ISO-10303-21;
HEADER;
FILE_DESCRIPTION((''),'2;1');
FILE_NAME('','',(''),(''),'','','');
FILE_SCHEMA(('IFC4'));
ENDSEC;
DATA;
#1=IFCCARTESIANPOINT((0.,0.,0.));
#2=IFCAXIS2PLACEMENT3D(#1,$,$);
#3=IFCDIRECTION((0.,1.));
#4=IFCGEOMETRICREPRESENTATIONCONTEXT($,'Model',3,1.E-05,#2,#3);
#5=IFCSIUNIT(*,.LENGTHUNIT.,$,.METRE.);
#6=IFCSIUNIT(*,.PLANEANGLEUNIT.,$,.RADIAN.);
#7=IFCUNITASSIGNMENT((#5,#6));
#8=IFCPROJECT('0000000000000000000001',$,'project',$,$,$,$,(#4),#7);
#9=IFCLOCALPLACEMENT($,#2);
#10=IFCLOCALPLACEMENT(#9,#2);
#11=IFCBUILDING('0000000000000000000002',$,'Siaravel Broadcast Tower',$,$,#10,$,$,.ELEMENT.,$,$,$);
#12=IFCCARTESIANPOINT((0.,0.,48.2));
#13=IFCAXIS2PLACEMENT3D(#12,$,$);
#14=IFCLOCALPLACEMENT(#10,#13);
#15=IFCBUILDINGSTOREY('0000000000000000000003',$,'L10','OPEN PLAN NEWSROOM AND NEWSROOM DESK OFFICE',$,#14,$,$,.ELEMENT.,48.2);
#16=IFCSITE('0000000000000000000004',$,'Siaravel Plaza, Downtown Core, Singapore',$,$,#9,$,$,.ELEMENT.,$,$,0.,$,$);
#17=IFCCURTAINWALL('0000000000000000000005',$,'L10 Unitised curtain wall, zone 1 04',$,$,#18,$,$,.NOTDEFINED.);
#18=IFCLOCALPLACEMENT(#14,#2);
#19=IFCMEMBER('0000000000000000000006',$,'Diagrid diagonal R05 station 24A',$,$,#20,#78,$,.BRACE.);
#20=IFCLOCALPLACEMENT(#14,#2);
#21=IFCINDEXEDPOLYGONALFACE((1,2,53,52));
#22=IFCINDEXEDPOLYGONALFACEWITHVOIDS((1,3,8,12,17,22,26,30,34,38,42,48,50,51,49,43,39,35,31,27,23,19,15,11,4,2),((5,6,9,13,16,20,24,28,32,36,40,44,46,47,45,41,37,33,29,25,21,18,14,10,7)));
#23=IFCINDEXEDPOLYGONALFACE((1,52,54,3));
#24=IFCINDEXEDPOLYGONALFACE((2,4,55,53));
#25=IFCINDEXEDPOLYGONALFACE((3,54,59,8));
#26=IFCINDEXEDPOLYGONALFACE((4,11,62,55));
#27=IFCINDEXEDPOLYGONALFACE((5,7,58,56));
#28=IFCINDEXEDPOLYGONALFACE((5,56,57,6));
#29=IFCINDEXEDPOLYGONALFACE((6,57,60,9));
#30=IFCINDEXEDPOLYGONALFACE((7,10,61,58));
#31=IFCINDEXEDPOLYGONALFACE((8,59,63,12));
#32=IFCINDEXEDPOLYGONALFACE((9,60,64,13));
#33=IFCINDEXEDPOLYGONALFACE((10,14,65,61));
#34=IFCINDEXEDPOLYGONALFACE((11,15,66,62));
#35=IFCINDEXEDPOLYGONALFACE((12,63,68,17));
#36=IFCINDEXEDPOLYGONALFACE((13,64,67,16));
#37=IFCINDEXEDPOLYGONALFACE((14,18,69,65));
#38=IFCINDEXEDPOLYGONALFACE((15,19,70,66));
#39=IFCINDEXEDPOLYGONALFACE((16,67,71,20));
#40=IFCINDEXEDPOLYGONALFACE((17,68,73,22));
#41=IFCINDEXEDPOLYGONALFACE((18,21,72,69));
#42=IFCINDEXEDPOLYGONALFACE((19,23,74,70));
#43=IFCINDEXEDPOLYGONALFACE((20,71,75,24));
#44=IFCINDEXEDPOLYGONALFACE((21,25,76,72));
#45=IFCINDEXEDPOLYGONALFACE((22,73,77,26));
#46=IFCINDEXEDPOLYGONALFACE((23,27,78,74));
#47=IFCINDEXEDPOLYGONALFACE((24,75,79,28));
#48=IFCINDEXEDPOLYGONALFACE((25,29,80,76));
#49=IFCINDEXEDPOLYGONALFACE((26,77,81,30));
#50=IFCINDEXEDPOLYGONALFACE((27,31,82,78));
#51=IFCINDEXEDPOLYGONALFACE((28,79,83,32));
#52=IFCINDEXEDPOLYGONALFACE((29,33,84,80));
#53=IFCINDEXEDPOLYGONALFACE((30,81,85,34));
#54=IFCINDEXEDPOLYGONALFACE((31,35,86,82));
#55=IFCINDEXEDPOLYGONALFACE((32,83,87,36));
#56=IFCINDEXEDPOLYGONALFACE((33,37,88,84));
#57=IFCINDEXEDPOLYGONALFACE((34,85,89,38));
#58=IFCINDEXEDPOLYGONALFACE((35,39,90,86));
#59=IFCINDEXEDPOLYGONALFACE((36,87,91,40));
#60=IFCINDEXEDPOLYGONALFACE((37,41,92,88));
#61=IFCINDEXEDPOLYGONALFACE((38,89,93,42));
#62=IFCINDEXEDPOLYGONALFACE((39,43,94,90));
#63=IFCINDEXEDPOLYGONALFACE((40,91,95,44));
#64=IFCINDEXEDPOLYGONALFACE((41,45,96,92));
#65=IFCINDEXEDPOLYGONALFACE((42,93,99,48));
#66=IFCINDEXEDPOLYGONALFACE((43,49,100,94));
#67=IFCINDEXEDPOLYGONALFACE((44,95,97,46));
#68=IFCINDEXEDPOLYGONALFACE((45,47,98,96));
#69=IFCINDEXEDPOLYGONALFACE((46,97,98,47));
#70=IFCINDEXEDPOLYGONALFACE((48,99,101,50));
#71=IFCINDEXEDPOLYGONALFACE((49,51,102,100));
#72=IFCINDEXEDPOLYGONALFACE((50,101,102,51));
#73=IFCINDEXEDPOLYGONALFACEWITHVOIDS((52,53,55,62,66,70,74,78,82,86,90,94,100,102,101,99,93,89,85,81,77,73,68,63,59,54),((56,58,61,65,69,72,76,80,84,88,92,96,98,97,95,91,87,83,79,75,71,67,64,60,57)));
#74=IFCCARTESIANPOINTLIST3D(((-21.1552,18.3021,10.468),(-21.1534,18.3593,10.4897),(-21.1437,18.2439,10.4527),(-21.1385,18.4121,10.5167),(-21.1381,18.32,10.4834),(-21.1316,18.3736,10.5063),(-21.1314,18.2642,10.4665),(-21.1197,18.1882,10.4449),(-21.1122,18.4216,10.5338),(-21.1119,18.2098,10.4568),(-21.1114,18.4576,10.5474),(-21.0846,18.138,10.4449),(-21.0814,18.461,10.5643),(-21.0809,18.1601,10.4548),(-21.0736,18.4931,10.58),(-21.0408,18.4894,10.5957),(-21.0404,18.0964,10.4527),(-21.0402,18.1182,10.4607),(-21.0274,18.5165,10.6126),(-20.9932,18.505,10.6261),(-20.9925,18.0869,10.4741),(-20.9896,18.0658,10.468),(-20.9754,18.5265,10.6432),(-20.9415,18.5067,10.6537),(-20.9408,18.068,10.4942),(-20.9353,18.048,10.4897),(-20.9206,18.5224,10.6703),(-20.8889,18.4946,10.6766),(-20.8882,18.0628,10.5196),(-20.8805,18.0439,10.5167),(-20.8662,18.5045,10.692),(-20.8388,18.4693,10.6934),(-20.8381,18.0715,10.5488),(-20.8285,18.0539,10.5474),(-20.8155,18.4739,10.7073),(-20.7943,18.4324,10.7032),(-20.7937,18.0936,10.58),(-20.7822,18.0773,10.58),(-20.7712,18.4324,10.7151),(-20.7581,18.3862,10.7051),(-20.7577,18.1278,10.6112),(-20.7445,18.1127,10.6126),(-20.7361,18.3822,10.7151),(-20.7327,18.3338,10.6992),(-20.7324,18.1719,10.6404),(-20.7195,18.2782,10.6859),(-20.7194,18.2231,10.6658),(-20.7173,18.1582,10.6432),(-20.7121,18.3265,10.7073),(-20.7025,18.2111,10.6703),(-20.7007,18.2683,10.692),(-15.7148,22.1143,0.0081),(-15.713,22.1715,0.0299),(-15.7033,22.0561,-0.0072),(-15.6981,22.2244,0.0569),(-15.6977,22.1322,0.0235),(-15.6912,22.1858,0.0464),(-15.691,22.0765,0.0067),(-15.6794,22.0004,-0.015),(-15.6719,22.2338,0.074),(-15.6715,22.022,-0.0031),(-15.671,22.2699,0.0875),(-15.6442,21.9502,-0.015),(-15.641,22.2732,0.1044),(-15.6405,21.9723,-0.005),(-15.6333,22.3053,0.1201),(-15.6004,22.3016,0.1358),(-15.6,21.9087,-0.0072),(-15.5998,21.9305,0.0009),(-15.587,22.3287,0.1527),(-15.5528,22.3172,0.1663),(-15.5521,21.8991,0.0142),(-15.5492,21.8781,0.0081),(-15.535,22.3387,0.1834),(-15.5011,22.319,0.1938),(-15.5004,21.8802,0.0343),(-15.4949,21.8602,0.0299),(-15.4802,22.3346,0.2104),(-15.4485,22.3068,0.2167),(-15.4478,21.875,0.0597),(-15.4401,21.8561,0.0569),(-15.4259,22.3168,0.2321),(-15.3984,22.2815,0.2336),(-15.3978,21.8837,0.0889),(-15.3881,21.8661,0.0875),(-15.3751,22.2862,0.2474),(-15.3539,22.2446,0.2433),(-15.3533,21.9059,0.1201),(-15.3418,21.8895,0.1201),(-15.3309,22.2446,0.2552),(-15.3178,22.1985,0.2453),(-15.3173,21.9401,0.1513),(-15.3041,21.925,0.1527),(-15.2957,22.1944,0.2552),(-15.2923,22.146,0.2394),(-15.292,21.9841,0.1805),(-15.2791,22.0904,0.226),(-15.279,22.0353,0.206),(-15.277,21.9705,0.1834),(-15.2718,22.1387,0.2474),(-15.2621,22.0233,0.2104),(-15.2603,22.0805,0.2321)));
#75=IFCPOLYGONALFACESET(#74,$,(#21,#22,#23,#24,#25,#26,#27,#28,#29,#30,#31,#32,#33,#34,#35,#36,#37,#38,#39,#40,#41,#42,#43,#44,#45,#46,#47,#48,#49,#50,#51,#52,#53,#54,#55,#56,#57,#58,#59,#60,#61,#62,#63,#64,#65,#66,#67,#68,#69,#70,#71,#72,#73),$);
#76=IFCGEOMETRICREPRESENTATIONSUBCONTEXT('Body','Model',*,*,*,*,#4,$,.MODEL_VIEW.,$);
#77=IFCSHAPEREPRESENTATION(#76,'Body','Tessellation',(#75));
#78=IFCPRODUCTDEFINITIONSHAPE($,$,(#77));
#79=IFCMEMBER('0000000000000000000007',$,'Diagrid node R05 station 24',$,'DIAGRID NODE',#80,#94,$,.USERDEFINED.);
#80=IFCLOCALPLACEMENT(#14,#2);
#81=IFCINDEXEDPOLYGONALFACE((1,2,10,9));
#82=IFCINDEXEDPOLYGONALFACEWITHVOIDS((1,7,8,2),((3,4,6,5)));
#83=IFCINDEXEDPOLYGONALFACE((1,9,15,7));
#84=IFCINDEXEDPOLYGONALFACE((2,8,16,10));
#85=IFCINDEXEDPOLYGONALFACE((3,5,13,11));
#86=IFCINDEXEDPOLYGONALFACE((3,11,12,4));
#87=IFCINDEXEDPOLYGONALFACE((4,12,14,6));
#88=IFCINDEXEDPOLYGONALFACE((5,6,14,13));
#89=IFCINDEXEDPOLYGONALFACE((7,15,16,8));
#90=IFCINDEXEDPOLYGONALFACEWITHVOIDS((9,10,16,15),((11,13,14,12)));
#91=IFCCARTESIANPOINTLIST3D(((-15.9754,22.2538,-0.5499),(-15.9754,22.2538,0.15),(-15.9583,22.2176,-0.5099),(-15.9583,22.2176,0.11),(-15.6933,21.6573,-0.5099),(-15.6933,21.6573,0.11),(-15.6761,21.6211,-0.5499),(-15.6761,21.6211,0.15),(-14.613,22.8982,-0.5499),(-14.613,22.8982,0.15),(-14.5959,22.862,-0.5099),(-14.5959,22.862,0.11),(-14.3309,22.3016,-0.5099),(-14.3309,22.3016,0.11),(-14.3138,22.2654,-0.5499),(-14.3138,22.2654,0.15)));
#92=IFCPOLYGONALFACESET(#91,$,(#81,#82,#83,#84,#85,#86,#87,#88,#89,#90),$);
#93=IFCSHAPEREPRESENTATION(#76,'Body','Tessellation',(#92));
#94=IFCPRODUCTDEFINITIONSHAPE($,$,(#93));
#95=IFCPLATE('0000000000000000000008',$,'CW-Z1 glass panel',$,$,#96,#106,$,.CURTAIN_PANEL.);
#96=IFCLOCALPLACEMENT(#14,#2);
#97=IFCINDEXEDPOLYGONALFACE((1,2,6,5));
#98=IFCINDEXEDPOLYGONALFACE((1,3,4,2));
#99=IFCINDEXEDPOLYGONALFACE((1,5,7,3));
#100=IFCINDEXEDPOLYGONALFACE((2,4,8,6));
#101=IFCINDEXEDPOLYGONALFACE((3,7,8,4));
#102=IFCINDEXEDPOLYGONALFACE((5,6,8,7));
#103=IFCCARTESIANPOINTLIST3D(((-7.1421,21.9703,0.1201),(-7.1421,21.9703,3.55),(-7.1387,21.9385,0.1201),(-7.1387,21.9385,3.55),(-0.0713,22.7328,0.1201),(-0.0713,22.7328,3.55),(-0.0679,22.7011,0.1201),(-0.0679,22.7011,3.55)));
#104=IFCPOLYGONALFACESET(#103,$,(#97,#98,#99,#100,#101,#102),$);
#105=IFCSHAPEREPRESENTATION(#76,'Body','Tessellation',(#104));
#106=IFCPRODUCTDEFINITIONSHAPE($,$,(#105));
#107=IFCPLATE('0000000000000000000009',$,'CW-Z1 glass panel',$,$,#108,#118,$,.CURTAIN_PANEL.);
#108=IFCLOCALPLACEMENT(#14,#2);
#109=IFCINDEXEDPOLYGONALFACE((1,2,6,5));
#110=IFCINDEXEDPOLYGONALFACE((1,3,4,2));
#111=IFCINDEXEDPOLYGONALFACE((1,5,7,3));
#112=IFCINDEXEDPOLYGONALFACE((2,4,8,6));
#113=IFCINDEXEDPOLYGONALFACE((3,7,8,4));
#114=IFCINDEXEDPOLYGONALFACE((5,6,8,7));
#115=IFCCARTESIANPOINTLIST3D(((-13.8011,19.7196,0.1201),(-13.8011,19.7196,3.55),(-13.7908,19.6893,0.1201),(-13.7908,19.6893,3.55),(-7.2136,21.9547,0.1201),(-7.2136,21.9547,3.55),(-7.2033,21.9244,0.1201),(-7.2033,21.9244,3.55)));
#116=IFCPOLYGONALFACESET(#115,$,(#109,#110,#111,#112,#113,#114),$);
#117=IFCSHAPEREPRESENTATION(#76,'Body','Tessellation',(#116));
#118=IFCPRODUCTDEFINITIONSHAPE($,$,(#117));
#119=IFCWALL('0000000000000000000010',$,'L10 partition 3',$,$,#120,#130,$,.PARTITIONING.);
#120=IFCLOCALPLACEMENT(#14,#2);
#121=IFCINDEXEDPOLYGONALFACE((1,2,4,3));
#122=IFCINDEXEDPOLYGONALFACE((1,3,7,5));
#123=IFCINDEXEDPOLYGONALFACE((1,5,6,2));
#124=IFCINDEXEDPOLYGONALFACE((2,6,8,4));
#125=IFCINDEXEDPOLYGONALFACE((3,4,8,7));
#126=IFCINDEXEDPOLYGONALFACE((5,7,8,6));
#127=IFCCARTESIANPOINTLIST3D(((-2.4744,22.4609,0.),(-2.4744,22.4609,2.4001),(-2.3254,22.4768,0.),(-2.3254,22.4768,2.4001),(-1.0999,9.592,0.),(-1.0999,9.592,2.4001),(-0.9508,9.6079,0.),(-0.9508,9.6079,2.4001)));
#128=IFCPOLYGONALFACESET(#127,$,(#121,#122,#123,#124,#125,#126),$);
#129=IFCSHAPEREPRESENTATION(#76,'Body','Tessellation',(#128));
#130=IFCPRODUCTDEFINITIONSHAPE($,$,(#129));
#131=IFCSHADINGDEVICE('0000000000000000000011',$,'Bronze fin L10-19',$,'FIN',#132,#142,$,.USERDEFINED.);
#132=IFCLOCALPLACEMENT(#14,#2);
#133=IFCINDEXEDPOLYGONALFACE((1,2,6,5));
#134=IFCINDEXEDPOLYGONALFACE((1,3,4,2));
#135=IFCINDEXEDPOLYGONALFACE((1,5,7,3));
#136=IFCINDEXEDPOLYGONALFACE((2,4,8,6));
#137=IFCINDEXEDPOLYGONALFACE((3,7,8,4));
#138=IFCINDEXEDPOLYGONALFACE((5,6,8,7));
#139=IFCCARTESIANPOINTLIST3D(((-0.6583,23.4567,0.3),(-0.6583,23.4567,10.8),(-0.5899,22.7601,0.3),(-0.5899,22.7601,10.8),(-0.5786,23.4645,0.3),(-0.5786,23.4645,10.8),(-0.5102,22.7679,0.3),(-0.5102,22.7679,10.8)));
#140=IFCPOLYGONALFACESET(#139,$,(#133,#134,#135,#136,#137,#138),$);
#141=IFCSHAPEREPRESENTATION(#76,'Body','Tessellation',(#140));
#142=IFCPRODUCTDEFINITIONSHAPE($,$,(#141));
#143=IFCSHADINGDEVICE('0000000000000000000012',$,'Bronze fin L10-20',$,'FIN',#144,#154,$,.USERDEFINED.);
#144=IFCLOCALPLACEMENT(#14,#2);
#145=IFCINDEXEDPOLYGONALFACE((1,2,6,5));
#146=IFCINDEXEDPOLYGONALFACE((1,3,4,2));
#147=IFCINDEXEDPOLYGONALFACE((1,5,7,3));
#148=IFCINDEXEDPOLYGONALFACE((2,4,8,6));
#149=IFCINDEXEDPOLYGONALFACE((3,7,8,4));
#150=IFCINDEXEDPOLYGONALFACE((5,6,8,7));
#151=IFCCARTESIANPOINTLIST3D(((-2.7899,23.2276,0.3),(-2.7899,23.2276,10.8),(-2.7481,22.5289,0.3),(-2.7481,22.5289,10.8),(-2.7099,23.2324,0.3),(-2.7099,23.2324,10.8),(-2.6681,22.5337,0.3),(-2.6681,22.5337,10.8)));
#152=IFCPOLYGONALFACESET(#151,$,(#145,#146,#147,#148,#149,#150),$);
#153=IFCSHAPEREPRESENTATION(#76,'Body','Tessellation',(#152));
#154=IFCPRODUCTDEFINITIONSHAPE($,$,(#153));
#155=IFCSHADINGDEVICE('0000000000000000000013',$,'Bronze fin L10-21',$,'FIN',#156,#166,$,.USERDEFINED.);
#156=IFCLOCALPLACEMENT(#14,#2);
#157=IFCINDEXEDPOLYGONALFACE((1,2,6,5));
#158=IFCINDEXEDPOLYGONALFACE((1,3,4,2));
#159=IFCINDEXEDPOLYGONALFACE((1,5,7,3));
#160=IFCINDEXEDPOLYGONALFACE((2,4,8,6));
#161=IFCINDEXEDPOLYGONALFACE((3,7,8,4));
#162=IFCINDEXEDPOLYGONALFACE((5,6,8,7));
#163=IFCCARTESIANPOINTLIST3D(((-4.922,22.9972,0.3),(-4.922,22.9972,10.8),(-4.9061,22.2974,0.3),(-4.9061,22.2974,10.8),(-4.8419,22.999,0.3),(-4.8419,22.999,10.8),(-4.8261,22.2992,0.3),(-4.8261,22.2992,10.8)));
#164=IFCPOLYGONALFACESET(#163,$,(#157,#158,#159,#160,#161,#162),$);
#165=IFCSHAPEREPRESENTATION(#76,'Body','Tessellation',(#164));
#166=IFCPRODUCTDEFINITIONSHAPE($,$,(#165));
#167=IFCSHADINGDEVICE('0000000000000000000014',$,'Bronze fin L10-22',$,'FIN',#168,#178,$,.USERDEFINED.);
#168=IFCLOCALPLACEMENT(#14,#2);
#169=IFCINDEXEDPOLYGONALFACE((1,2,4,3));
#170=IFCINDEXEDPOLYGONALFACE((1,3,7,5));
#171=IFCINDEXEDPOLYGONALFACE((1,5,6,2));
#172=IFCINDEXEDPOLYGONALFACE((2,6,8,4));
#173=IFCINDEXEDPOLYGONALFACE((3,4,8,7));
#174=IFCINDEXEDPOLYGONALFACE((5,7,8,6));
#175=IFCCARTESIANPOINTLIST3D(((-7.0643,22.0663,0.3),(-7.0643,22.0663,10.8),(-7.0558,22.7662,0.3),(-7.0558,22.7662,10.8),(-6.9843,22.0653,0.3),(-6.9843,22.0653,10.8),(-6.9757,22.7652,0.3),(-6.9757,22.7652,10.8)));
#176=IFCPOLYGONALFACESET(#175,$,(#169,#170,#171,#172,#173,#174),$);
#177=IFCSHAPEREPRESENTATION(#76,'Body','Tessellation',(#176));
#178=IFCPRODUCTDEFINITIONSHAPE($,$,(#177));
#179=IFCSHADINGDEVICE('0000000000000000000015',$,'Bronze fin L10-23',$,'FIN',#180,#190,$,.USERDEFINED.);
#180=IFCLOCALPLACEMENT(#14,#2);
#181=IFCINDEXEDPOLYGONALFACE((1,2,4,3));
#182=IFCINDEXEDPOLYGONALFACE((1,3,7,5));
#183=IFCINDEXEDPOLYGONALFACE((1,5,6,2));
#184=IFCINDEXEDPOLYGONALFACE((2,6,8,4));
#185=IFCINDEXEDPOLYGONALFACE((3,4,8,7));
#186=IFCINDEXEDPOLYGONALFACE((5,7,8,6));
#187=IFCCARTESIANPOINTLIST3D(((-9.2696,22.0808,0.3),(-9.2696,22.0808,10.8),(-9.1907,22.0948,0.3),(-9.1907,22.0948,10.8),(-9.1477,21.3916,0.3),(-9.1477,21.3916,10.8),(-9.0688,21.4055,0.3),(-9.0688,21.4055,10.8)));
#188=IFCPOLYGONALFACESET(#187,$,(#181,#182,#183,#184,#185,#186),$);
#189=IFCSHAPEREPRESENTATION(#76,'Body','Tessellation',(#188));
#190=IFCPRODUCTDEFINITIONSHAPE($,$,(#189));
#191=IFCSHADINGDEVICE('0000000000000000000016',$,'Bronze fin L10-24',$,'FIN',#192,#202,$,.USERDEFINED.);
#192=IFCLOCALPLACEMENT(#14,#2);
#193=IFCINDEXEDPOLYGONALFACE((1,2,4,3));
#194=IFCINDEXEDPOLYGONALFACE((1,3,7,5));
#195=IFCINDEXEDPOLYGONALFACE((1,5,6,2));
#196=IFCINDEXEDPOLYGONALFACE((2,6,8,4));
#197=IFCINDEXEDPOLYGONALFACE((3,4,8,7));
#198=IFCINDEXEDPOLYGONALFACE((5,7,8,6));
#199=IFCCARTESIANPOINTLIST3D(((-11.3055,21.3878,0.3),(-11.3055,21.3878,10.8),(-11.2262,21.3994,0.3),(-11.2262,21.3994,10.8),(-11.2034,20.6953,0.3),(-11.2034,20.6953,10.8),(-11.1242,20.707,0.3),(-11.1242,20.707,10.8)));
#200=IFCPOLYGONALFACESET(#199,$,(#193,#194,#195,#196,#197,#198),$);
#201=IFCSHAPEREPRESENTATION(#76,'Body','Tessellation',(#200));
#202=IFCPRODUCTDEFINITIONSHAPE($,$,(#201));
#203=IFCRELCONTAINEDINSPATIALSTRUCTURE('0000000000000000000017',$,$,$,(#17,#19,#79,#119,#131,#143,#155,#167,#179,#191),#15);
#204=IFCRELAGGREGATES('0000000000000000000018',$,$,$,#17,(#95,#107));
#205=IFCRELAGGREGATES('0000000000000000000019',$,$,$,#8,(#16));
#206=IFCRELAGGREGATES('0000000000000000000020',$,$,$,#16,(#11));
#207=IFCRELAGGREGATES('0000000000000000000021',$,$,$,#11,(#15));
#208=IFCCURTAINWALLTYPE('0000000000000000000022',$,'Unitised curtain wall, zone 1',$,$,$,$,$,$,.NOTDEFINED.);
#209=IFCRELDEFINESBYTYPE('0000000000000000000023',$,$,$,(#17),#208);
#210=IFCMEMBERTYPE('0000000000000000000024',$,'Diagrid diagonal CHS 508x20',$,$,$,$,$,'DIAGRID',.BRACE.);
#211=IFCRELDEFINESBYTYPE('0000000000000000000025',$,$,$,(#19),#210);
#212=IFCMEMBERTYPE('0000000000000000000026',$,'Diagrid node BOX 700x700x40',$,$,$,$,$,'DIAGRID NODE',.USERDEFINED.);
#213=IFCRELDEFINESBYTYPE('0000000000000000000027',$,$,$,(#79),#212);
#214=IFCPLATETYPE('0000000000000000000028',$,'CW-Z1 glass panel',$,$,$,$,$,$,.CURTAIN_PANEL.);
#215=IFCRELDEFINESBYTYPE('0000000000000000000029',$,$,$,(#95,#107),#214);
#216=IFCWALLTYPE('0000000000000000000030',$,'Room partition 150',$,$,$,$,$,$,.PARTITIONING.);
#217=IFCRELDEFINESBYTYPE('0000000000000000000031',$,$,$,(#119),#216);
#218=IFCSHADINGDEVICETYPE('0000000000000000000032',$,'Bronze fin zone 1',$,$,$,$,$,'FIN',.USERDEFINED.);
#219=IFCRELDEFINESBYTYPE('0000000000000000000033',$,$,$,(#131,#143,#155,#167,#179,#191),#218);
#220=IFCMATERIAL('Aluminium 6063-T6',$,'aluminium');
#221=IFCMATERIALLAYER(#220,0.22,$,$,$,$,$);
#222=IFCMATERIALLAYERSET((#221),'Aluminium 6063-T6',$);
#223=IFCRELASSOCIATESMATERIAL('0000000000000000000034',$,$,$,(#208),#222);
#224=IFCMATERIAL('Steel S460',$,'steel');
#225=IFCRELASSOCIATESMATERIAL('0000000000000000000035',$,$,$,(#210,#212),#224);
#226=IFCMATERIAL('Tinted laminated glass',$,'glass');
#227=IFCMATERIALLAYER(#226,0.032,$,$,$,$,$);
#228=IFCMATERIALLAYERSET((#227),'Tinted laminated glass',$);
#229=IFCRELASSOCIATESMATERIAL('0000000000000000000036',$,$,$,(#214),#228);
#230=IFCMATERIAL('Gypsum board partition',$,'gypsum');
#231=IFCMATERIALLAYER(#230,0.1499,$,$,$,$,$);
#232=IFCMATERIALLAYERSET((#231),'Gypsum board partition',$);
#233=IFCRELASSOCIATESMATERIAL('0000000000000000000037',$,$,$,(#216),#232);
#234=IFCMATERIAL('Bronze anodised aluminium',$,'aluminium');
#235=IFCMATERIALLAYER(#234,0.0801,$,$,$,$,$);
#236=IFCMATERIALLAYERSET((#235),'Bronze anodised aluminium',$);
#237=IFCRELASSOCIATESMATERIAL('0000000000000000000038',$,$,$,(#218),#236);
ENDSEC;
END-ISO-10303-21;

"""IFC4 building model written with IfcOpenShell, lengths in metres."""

from ifc_helpers import new_model, si_unit, direction, frame, frame_2d, origin, origin_2d, place, context, subcontext, project, spatial, rectangle, hollow_rectangle, hollow_circle, extrude, material, layer, layer_set, material_profile, profile_set, type_object, element, aggregate, save


model = new_model("IFC4")

# Units and contexts
model_context = context("Model", 3, precision=1e-05, world=origin(), true_north=direction((0.0, 1.0)))
body_context = subcontext(model_context, "Body", "Model", "MODEL_VIEW")
ifc_project = project(units=[si_unit("LENGTHUNIT", "METRE"), si_unit("PLANEANGLEUNIT", "RADIAN")], contexts=[model_context])

# Site, building, storey
site_placement = place(None, origin())
site = spatial("IfcSite", under=ifc_project, at=site_placement, Name="Siaravel Plaza, Downtown Core, Singapore", CompositionType="ELEMENT", RefElevation=0.0)
building_placement = place(site_placement, origin())
building = spatial("IfcBuilding", under=site, at=building_placement, Name="Siaravel Broadcast Tower", CompositionType="ELEMENT")
storey_placement = place(building_placement, frame((0.0, 0.0, 48.2)))
storey = spatial("IfcBuildingStorey", under=building, at=storey_placement, Name="L10", Description="OPEN PLAN NEWSROOM AND NEWSROOM DESK OFFICE", CompositionType="ELEMENT", Elevation=48.2)

# Curtain wall
ifc_material_1 = material(Name="Aluminium 6063-T6", Category="aluminium")
ifc_layer_1 = layer(ifc_material_1, 0.22)
ifc_layer_set_1 = layer_set([ifc_layer_1], Name="Aluminium 6063-T6")
curtain_wall_type = type_object("IfcCurtainWallType", Name="Unitised curtain wall, zone 1", PredefinedType="NOTDEFINED", material=ifc_layer_set_1)
curtain_wall_placement = place(storey_placement, origin())
curtain_wall = element("IfcCurtainWall", 1, at=curtain_wall_placement, inside=storey, type_object=curtain_wall_type, Name="L10 Unitised curtain wall, zone 1 04", PredefinedType="NOTDEFINED")

# Members
ifc_material_2 = material(Name="Steel S460", Category="steel")
ifc_material_profile_1 = material_profile(ifc_material_2, hollow_circle(Radius=0.2539, WallThickness=0.02, at=origin_2d()))
ifc_profile_set_1 = profile_set([ifc_material_profile_1], Name="Steel S460")
member_type_1 = type_object("IfcMemberType", Name="Diagrid diagonal CHS 508x20", ElementType="DIAGRID", PredefinedType="BRACE", material=ifc_profile_set_1)
member_1_placement = place(storey_placement, frame((-15.4875, 22.0974, 0.1201), z_axis=(-0.439055, -0.307658, 0.844143), x_axis=(0.573862, -0.818952, 0.0)))
element("IfcMember", 2, at=member_1_placement, inside=storey, type_object=member_type_1, Name="Diagrid diagonal R05 station 24A", PredefinedType="BRACE", context=body_context, shape_type="SweptSolid", body=[
    extrude(hollow_circle(Radius=0.2539, WallThickness=0.02, at=origin_2d()), origin(), (0.0, 0.0, 1.0), 12.3911),
])
ifc_material_profile_2 = material_profile(ifc_material_2, hollow_rectangle(XDim=0.7, YDim=0.7, WallThickness=0.04, at=origin_2d()))
ifc_profile_set_2 = profile_set([ifc_material_profile_2], Name="Steel S460")
member_type_2 = type_object("IfcMemberType", Name="Diagrid node BOX 700x700x40", ElementType="DIAGRID NODE", PredefinedType="USERDEFINED", material=ifc_profile_set_2)
member_2_placement = place(storey_placement, frame((-14.4634, 22.5818, -0.2), z_axis=(-0.903998, -0.427536, 0.0), x_axis=(0.427536, -0.903998, 0.0)))
element("IfcMember", 3, at=member_2_placement, inside=storey, type_object=member_type_2, Name="Diagrid node R05 station 24", ObjectType="DIAGRID NODE", PredefinedType="USERDEFINED", context=body_context, shape_type="SweptSolid", body=[
    extrude(hollow_rectangle(XDim=0.7, YDim=0.7, WallThickness=0.04, at=origin_2d()), origin(), (0.0, 0.0, 1.0), 1.5071),
])

# Plates
ifc_material_3 = material(Name="Tinted laminated glass", Category="glass")
ifc_layer_2 = layer(ifc_material_3, 0.032)
ifc_layer_set_2 = layer_set([ifc_layer_2], Name="Tinted laminated glass")
plate_type = type_object("IfcPlateType", Name="CW-Z1 glass panel", PredefinedType="CURTAIN_PANEL", material=ifc_layer_set_2)
plate_1_placement = place(storey_placement, frame((-3.605, 22.3357, 0.1201), z_axis=(0.0, 0.0, 1.0), x_axis=(-0.994236, -0.107218, 0.0)))
plate_1 = element("IfcPlate", 4, at=plate_1_placement, type_object=plate_type, Name="CW-Z1 glass panel", PredefinedType="CURTAIN_PANEL", context=body_context, shape_type="SweptSolid", body=[
    extrude(rectangle(XDim=7.1118, YDim=0.032, at=origin_2d()), origin(), (0.0, 0.0, 1.0), 3.4299),
])
plate_2_placement = place(storey_placement, frame((-10.5022, 20.822, 0.1201), z_axis=(0.0, 0.0, 1.0), x_axis=(-0.946977, -0.321301, 0.0)))
plate_2 = element("IfcPlate", 5, at=plate_2_placement, type_object=plate_type, Name="CW-Z1 glass panel", PredefinedType="CURTAIN_PANEL", context=body_context, shape_type="SweptSolid", body=[
    extrude(rectangle(XDim=6.9563, YDim=0.032, at=origin_2d()), origin(), (0.0, 0.0, 1.0), 3.4299),
])
aggregate(curtain_wall, [plate_1, plate_2])

# Wall
ifc_material_4 = material(Name="Gypsum board partition", Category="gypsum")
ifc_layer_3 = layer(ifc_material_4, 0.1499)
ifc_layer_set_3 = layer_set([ifc_layer_3], Name="Gypsum board partition")
wall_type = type_object("IfcWallType", Name="Room partition 150", PredefinedType="PARTITIONING", material=ifc_layer_set_3)
wall_placement = place(storey_placement, frame((-2.3999, 22.469, 0.0), z_axis=(0.0, 0.0, 1.0), x_axis=(0.106205, -0.994344, 0.0)))
element("IfcWall", 6, at=wall_placement, inside=storey, type_object=wall_type, Name="L10 partition 3", PredefinedType="PARTITIONING", context=body_context, shape_type="SweptSolid", body=[
    extrude(rectangle(XDim=12.9421, YDim=0.1499, at=frame_2d((6.4712, 0.0))), origin(), (0.0, 0.0, 1.0), 2.4001),
])

# Shading devices
ifc_material_5 = material(Name="Bronze anodised aluminium", Category="aluminium")
ifc_layer_4 = layer(ifc_material_5, 0.0801)
ifc_layer_set_4 = layer_set([ifc_layer_4], Name="Bronze anodised aluminium")
shading_device_type = type_object("IfcShadingDeviceType", Name="Bronze fin zone 1", ElementType="FIN", PredefinedType="USERDEFINED", material=ifc_layer_set_4)
for number, where, z_axis, x_axis, name in (
    (7, (-0.5842, 23.1123, 0.3), (0.0, 0.0, 1.0), (-0.097743, 0.995212, 0.0), "Bronze fin L10-19"),
    (8, (-2.729, 22.8806, 0.3), (0.0, 0.0, 1.0), (-0.059718, 0.998215, 0.0), "Bronze fin L10-20"),
    (9, (-4.874, 22.6482, 0.3), (0.0, 0.0, 1.0), (-0.022595, 0.999745, 0.0), "Bronze fin L10-21"),
    (10, (-7.02, 22.4158, 0.3), (0.0, 0.0, 1.0), (0.012194, 0.999926, 0.0), "Bronze fin L10-22"),
    (11, (-9.1692, 21.7432, 0.3), (0.0, 0.0, 1.0), (-0.174186, 0.984713, 0.0), "Bronze fin L10-23"),
    (12, (-11.2148, 21.0474, 0.3), (0.0, 0.0, 1.0), (-0.145752, 0.989321, 0.0), "Bronze fin L10-24"),
):
    element("IfcShadingDevice", number, at=place(storey_placement, frame(where, z_axis=z_axis, x_axis=x_axis)), inside=storey, type_object=shading_device_type, Name=name, ObjectType="FIN", PredefinedType="USERDEFINED", context=body_context, shape_type="SweptSolid", body=[
        extrude(rectangle(XDim=0.7, YDim=0.0801, at=origin_2d()), origin(), (0.0, 0.0, 1.0), 10.5),
    ])

save(model, "model.ifc")
